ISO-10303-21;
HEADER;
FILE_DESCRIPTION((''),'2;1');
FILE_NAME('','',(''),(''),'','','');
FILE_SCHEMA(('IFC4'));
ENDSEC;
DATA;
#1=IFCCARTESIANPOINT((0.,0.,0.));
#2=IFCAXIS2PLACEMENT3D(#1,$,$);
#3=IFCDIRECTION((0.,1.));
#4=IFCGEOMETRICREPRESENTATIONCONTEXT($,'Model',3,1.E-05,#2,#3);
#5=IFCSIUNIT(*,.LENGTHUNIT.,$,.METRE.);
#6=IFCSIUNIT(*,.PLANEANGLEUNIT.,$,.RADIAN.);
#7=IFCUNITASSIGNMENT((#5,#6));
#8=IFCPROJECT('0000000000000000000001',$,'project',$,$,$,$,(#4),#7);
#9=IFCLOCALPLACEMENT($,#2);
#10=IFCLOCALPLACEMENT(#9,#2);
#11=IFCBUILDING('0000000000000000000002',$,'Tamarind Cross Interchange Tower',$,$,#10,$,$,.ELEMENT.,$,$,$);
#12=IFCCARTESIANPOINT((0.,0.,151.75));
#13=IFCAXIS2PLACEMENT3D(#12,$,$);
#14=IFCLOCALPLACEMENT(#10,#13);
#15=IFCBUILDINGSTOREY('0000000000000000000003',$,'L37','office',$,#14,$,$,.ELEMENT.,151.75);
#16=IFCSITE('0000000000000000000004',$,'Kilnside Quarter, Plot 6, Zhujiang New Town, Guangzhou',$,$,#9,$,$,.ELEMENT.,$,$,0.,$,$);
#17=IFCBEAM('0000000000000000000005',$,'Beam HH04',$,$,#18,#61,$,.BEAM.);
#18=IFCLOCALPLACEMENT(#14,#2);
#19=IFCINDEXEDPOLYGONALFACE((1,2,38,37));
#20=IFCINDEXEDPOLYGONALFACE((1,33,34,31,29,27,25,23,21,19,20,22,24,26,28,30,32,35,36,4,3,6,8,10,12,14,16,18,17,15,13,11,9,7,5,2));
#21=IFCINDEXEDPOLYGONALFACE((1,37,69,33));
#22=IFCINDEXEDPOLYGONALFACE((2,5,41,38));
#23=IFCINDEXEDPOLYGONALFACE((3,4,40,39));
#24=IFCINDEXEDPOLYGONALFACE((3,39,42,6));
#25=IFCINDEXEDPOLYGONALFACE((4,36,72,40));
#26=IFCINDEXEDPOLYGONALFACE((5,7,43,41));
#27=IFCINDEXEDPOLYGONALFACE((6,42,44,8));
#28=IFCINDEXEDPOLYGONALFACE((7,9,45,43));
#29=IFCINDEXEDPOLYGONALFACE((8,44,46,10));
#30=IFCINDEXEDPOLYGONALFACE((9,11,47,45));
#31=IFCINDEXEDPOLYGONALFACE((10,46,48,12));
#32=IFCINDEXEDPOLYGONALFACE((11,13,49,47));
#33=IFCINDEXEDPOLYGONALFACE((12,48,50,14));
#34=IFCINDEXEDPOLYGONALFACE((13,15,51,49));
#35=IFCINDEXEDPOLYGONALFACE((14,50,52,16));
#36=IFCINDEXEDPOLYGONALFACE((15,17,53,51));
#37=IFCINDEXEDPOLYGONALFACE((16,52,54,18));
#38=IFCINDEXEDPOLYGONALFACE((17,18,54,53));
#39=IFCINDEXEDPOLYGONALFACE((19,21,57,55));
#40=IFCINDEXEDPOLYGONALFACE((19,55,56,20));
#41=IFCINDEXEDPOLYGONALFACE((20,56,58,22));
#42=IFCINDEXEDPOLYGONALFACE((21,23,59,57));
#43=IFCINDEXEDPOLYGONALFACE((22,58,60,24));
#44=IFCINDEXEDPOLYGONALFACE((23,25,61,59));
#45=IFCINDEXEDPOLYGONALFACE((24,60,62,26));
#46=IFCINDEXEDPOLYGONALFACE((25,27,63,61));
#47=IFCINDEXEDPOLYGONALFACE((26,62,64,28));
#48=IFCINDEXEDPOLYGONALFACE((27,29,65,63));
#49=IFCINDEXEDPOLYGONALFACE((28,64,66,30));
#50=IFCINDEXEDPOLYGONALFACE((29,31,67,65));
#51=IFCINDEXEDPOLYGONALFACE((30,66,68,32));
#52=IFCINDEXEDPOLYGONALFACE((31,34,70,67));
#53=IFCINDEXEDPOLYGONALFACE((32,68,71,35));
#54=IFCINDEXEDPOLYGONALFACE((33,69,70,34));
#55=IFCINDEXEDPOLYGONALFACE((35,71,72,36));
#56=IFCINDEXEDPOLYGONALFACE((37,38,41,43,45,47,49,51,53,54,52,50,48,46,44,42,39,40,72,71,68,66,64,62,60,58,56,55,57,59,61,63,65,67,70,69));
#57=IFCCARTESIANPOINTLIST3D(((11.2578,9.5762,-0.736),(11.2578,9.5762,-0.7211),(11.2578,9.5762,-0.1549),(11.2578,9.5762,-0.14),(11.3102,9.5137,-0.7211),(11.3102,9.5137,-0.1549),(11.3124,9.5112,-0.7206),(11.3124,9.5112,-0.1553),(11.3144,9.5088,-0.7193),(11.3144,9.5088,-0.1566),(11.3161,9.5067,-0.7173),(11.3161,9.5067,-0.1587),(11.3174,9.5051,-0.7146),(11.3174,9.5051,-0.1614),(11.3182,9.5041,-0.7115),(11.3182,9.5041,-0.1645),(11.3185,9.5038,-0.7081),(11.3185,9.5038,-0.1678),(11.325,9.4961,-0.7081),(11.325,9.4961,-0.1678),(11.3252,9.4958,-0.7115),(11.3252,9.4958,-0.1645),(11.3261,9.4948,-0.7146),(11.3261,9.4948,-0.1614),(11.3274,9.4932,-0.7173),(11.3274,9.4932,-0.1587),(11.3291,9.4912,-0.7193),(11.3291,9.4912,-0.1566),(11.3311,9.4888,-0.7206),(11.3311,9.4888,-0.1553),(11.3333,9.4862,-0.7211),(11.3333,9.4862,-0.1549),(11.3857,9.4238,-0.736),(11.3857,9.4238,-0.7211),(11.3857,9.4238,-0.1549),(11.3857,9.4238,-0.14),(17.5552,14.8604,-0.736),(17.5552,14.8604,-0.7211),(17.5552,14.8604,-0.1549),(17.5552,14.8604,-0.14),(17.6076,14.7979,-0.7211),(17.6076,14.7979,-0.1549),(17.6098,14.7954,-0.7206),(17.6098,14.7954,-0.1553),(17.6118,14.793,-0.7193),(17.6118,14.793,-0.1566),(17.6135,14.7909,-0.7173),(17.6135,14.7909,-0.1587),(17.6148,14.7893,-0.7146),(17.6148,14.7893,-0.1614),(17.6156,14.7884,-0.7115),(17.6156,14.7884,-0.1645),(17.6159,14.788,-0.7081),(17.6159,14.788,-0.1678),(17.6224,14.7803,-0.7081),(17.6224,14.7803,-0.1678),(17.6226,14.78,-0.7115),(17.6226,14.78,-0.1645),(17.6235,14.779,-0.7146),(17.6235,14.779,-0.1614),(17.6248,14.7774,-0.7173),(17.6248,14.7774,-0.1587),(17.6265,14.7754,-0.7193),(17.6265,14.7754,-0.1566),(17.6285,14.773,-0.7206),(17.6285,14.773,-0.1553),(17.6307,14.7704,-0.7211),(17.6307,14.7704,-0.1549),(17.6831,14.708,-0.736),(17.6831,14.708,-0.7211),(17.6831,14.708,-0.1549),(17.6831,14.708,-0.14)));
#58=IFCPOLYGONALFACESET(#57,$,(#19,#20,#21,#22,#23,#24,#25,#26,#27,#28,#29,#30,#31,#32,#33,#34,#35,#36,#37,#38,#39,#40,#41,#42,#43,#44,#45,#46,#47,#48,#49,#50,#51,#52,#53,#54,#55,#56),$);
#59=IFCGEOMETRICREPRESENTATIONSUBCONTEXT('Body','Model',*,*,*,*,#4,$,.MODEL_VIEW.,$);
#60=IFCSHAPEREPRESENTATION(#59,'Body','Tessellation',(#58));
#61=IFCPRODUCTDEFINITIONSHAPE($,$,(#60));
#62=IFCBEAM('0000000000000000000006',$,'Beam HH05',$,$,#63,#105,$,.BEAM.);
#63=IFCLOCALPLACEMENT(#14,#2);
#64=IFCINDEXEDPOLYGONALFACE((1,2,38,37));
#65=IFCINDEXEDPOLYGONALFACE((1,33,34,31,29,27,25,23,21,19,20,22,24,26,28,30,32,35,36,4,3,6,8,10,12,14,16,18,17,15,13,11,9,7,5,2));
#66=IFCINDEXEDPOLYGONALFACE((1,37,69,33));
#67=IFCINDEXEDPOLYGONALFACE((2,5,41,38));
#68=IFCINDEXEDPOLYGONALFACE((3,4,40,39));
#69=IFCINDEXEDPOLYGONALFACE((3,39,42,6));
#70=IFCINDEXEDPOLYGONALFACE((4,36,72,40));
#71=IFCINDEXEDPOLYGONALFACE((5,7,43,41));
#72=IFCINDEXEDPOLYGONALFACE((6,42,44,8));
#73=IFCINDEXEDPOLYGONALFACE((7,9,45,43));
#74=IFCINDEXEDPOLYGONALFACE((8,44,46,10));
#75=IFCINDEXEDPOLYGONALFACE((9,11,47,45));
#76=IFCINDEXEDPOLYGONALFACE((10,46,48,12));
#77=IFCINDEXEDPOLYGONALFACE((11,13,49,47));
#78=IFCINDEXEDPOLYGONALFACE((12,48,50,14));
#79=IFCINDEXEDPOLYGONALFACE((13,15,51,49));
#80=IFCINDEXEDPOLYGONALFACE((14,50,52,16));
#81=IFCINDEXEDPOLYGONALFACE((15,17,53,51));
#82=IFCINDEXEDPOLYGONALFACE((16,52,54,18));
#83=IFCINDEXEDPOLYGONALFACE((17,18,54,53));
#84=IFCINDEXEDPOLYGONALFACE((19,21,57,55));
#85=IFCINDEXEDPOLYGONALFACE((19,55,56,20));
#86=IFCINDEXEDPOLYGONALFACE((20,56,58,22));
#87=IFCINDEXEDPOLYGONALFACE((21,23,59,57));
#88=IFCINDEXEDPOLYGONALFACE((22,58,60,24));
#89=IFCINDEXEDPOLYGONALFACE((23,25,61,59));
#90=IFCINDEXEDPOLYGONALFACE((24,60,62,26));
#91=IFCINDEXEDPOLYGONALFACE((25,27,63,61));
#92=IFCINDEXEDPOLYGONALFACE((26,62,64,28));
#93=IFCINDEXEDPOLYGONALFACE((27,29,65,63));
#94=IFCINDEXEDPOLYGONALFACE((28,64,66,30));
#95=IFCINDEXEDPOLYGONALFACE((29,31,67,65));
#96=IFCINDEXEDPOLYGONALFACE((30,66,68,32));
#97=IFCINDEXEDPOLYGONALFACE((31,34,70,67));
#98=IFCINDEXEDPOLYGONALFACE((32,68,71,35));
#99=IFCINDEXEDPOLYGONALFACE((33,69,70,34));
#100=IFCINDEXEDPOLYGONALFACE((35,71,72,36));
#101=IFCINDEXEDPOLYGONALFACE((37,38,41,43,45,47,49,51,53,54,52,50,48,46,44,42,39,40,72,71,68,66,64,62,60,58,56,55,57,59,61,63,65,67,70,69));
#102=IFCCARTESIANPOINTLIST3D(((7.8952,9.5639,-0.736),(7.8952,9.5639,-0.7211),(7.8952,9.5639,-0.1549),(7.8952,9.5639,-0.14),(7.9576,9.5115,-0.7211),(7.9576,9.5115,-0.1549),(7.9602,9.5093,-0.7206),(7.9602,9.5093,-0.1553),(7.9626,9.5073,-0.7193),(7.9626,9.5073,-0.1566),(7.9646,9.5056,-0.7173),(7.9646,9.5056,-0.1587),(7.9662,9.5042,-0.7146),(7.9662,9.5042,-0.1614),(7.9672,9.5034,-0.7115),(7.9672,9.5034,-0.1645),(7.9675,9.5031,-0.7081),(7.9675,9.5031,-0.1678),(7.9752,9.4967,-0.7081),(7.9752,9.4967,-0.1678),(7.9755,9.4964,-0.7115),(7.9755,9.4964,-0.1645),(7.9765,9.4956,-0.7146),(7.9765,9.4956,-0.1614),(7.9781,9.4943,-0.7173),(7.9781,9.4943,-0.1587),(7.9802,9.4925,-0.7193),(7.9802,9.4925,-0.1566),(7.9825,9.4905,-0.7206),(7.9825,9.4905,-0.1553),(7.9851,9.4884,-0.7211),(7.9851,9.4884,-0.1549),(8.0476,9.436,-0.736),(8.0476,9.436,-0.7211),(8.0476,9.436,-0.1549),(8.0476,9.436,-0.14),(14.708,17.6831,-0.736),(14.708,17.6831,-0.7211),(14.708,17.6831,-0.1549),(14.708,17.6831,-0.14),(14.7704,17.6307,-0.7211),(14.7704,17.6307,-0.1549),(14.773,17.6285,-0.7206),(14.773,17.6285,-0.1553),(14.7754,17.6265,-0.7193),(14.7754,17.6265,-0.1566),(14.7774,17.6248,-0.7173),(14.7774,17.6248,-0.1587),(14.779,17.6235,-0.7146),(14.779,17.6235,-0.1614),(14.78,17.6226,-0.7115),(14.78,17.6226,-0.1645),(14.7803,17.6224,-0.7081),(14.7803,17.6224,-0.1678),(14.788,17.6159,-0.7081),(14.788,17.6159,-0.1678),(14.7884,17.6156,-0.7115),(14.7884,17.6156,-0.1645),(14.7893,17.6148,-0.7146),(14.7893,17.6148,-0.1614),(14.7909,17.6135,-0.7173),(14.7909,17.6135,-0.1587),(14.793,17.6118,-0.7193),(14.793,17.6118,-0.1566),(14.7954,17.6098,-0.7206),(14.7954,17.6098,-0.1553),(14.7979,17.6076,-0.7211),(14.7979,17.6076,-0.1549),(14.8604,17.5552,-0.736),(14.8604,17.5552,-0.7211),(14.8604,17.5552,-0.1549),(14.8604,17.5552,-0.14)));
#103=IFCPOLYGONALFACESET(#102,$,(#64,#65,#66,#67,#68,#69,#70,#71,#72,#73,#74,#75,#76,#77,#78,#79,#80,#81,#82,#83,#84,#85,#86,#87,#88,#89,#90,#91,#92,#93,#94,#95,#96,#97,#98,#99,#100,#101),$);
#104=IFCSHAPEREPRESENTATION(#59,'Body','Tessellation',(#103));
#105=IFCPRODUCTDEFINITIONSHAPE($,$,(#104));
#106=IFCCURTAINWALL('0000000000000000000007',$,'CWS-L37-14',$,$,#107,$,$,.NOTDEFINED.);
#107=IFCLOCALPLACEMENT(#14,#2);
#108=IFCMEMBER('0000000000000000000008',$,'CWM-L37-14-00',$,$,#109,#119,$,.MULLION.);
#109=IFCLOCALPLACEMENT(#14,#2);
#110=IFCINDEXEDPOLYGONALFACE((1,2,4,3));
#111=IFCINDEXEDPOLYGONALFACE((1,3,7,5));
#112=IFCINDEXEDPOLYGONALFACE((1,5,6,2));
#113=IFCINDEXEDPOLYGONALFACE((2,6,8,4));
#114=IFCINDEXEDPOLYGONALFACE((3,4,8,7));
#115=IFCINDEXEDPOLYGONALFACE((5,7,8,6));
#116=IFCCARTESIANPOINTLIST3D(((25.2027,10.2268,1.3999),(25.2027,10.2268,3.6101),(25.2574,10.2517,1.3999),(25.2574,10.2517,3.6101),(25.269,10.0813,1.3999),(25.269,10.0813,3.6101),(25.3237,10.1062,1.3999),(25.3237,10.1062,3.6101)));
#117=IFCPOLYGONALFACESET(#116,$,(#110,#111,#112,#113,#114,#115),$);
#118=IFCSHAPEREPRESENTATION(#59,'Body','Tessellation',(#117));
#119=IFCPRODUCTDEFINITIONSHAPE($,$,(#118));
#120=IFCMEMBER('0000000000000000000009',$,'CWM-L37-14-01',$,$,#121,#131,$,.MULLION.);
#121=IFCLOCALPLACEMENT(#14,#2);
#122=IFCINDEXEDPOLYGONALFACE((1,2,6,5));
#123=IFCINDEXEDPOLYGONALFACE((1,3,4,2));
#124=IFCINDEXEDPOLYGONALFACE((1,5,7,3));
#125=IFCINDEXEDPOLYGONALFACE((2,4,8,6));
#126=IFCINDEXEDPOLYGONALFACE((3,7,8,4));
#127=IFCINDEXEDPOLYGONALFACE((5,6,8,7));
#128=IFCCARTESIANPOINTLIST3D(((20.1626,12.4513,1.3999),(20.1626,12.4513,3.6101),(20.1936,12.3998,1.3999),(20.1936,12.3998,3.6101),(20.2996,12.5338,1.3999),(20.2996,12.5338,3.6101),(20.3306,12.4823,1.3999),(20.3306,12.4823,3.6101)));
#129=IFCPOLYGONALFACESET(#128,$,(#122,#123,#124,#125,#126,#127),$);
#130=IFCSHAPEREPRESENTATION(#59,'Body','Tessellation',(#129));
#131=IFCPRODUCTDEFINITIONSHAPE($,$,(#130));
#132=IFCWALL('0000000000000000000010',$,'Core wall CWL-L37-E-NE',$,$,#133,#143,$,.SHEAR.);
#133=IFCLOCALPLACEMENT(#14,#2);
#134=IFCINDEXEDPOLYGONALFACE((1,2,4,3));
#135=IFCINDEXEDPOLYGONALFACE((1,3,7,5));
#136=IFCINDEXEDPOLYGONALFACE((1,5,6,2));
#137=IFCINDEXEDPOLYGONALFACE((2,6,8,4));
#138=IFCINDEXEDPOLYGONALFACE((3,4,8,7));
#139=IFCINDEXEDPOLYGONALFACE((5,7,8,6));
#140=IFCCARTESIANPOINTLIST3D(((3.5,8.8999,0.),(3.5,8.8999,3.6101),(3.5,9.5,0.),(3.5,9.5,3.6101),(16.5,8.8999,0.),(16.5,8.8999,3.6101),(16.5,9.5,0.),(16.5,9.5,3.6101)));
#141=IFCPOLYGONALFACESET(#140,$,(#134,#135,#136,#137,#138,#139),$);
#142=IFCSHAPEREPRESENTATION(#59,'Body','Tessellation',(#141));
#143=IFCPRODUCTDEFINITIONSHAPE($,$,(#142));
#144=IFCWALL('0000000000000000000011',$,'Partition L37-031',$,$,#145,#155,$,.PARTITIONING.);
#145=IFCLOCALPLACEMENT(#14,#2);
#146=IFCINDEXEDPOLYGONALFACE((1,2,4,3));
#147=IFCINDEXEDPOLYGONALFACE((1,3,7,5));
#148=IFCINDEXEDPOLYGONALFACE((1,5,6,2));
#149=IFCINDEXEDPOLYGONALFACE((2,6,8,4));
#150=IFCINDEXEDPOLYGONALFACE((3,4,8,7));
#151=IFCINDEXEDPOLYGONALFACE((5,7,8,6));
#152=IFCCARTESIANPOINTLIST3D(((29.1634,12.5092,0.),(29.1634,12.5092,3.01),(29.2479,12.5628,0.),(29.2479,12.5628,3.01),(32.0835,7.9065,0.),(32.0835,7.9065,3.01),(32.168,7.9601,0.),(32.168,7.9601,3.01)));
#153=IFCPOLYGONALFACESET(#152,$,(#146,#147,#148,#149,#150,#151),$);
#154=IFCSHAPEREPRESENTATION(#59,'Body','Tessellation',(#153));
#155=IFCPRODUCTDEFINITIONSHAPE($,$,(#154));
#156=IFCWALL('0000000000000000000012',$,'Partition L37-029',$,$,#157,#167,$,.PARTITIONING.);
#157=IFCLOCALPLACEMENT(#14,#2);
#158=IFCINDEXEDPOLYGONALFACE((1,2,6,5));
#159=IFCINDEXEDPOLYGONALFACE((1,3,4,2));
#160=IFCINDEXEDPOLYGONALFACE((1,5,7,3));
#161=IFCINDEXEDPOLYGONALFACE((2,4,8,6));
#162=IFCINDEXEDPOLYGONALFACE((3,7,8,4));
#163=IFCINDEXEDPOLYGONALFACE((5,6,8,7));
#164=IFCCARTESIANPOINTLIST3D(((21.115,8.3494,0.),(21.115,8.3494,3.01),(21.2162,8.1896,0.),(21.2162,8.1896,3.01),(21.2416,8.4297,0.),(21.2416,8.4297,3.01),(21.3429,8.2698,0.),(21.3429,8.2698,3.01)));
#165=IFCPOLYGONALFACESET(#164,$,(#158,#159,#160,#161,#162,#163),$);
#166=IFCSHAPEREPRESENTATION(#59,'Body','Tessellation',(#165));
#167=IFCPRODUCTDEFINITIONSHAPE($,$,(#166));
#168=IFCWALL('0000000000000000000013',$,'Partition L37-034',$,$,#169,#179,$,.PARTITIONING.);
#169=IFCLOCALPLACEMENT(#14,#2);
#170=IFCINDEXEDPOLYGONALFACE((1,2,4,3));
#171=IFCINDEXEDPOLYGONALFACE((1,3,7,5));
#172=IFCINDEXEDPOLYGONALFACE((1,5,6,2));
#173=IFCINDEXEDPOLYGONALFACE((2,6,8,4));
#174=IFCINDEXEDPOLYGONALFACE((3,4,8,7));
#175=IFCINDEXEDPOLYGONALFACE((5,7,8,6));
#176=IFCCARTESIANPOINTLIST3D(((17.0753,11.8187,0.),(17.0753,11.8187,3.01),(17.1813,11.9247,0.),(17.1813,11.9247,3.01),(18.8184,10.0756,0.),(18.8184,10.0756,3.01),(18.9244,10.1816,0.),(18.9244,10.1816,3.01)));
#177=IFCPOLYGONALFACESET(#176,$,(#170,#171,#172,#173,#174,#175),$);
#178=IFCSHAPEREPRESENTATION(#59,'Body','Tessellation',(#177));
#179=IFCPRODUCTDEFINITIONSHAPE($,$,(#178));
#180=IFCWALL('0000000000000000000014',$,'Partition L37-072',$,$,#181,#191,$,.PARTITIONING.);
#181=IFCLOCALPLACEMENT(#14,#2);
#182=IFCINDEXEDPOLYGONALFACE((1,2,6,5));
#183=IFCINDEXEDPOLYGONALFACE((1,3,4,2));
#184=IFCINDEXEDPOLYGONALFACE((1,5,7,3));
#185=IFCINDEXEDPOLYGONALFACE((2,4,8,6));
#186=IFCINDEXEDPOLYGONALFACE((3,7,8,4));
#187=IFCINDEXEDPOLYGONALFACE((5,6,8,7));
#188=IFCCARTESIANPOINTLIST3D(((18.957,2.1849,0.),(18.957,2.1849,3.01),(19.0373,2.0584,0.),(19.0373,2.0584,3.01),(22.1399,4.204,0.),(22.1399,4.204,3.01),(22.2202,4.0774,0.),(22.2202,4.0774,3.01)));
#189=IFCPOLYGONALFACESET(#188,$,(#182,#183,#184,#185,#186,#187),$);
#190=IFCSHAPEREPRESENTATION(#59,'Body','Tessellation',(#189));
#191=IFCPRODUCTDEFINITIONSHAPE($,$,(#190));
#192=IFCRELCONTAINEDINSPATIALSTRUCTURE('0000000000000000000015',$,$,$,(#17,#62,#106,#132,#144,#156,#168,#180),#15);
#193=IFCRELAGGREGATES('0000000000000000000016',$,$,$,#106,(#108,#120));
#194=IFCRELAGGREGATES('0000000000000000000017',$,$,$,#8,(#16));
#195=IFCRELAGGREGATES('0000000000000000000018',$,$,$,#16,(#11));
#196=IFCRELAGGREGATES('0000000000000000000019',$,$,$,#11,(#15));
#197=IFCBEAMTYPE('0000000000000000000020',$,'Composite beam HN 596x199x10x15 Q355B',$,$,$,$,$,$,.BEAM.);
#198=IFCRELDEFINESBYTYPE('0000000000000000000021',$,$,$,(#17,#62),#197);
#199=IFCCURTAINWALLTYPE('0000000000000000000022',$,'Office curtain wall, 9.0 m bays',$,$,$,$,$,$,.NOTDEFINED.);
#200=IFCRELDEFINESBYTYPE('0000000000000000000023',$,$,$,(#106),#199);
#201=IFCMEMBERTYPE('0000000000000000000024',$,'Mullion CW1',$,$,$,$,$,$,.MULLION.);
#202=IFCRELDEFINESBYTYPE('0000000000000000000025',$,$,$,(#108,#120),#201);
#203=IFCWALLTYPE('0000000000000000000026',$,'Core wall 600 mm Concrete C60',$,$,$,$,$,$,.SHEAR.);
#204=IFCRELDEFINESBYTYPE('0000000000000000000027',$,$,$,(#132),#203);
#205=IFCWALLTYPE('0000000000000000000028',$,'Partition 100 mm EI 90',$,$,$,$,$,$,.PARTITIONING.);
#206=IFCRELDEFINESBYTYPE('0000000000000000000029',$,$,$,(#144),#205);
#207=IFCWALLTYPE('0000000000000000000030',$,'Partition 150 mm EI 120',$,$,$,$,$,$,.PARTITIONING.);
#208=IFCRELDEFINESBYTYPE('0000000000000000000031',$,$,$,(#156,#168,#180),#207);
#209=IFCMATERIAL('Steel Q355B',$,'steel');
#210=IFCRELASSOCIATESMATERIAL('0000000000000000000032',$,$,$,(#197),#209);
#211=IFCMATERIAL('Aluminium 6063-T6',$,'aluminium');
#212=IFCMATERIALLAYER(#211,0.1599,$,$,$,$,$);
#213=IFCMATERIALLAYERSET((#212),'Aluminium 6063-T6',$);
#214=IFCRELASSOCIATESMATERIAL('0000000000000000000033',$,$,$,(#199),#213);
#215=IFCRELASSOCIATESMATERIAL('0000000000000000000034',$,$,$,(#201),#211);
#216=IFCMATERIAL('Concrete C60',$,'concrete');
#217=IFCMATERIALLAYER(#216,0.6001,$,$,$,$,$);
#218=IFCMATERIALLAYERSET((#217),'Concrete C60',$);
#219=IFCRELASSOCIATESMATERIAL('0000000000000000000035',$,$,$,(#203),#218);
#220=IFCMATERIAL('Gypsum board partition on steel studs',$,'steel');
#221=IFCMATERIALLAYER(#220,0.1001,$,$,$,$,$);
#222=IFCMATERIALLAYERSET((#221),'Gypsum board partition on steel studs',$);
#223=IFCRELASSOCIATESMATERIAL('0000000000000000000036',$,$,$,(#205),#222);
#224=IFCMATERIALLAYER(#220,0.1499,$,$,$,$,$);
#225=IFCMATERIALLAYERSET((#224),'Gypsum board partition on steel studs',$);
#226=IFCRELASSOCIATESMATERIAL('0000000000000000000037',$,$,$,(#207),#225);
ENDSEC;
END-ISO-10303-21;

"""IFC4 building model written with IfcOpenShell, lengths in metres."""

from ifc_helpers import new_model, si_unit, direction, frame, frame_2d, origin, origin_2d, place, context, subcontext, project, spatial, rectangle, i_section, extrude, material, layer, layer_set, material_profile, profile_set, type_object, element, aggregate, save


model = new_model("IFC4")

# Units and contexts
model_context = context("Model", 3, precision=1e-05, world=origin(), true_north=direction((0.0, 1.0)))
body_context = subcontext(model_context, "Body", "Model", "MODEL_VIEW")
ifc_project = project(units=[si_unit("LENGTHUNIT", "METRE"), si_unit("PLANEANGLEUNIT", "RADIAN")], contexts=[model_context])

# Site, building, storey
site_placement = place(None, origin())
site = spatial("IfcSite", under=ifc_project, at=site_placement, Name="Kilnside Quarter, Plot 6, Zhujiang New Town, Guangzhou", CompositionType="ELEMENT", RefElevation=0.0)
building_placement = place(site_placement, origin())
building = spatial("IfcBuilding", under=site, at=building_placement, Name="Tamarind Cross Interchange Tower", CompositionType="ELEMENT")
storey_placement = place(building_placement, frame((0.0, 0.0, 151.75)))
storey = spatial("IfcBuildingStorey", under=building, at=storey_placement, Name="L37", Description="office", CompositionType="ELEMENT", Elevation=151.75)

# Shared definitions
ifc_material_1 = material(Name="Concrete C60", Category="concrete")

# Beams
ifc_material_2 = material(Name="Steel Q355B", Category="steel")
ifc_material_profile_1 = material_profile(ifc_material_2, i_section(OverallWidth=0.199, OverallDepth=0.5959, WebThickness=0.01, FlangeThickness=0.0149, FilletRadius=0.0129, at=origin_2d()), Name="HN 596x199x10x15")
ifc_profile_set_1 = profile_set([ifc_material_profile_1], Name="Steel Q355B")
beam_type_1 = type_object("IfcBeamType", Name="Composite beam HN 596x199x10x15 Q355B", PredefinedType="BEAM", material=ifc_profile_set_1)
beam_1_placement = place(storey_placement, frame((17.6191, 14.7842, -0.438), z_axis=(-0.766041, -0.642792, 0.0), x_axis=(0.642792, -0.766041, 0.0)))
element("IfcBeam", 1, at=beam_1_placement, inside=storey, type_object=beam_type_1, Name="Beam HH04", PredefinedType="BEAM", context=body_context, shape_type="SweptSolid", body=[
    extrude(i_section(OverallWidth=0.199, OverallDepth=0.5959, WebThickness=0.01, FlangeThickness=0.0149, FilletRadius=0.0129, at=origin_2d()), origin(), (0.0, 0.0, 1.0), 8.2207),
])
beam_2_placement = place(storey_placement, frame((14.7842, 17.6191, -0.438), z_axis=(-0.642786, -0.766046, 0.0), x_axis=(0.766046, -0.642786, 0.0)))
element("IfcBeam", 2, at=beam_2_placement, inside=storey, type_object=beam_type_1, Name="Beam HH05", PredefinedType="BEAM", context=body_context, shape_type="SweptSolid", body=[
    extrude(i_section(OverallWidth=0.199, OverallDepth=0.5959, WebThickness=0.01, FlangeThickness=0.0149, FilletRadius=0.0129, at=origin_2d()), origin(), (0.0, 0.0, 1.0), 10.5989),
])

# Curtain wall, members
ifc_material_3 = material(Name="Aluminium 6063-T6", Category="aluminium")
ifc_layer_1 = layer(ifc_material_3, 0.1599)
ifc_layer_set_1 = layer_set([ifc_layer_1], Name="Aluminium 6063-T6")
curtain_wall_type = type_object("IfcCurtainWallType", Name="Office curtain wall, 9.0 m bays", PredefinedType="NOTDEFINED", material=ifc_layer_set_1)
curtain_wall_placement = place(storey_placement, origin())
curtain_wall = element("IfcCurtainWall", 3, at=curtain_wall_placement, inside=storey, type_object=curtain_wall_type, Name="CWS-L37-14", PredefinedType="NOTDEFINED")
ifc_material_profile_2 = material_profile(ifc_material_3, rectangle(XDim=0.0601, YDim=0.1599, at=origin_2d()), Name="Mullion CW1")
ifc_profile_set_2 = profile_set([ifc_material_profile_2], Name="Aluminium 6063-T6")
member_type = type_object("IfcMemberType", Name="Mullion CW1", PredefinedType="MULLION", material=ifc_profile_set_2)
member_1_placement = place(storey_placement, frame((25.2632, 10.1665, 1.3999), z_axis=(0.0, 0.0, 1.0), x_axis=(-0.909977, -0.414658, 0.0)))
member_1 = element("IfcMember", 4, at=member_1_placement, type_object=member_type, Name="CWM-L37-14-00", PredefinedType="MULLION", context=body_context, shape_type="SweptSolid", body=[
    extrude(rectangle(XDim=0.0601, YDim=0.1599, at=origin_2d()), origin(), (0.0, 0.0, 1.0), 2.2102),
])
member_2_placement = place(storey_placement, frame((20.2466, 12.4668, 1.3999), z_axis=(0.0, 0.0, 1.0), x_axis=(-0.515901, 0.856648, 0.0)))
member_2 = element("IfcMember", 5, at=member_2_placement, type_object=member_type, Name="CWM-L37-14-01", PredefinedType="MULLION", context=body_context, shape_type="SweptSolid", body=[
    extrude(rectangle(XDim=0.0601, YDim=0.1599, at=origin_2d()), origin(), (0.0, 0.0, 1.0), 2.2102),
])
aggregate(curtain_wall, [member_1, member_2])

# Walls
ifc_layer_2 = layer(ifc_material_1, 0.6001)
ifc_layer_set_2 = layer_set([ifc_layer_2], Name="Concrete C60")
wall_type_1 = type_object("IfcWallType", Name="Core wall 600 mm Concrete C60", PredefinedType="SHEAR", material=ifc_layer_set_2)
wall_1_placement = place(storey_placement, frame((16.5, 9.2, 0.0), z_axis=(0.0, 0.0, 1.0), x_axis=(-1.0, 0.0, 0.0)))
element("IfcWall", 6, at=wall_1_placement, inside=storey, type_object=wall_type_1, Name="Core wall CWL-L37-E-NE", PredefinedType="SHEAR", context=body_context, shape_type="SweptSolid", body=[
    extrude(rectangle(XDim=13.0, YDim=0.6001, at=frame_2d((6.5, 0.0))), origin(), (0.0, 0.0, 1.0), 3.6101),
])
ifc_material_4 = material(Name="Gypsum board partition on steel studs", Category="steel")
ifc_layer_3 = layer(ifc_material_4, 0.1001)
ifc_layer_set_3 = layer_set([ifc_layer_3], Name="Gypsum board partition on steel studs")
wall_type_2 = type_object("IfcWallType", Name="Partition 100 mm EI 90", PredefinedType="PARTITIONING", material=ifc_layer_set_3)
wall_2_placement = place(storey_placement, frame((29.2056, 12.5361, 0.0), z_axis=(0.0, 0.0, 1.0), x_axis=(0.535716, -0.844398, 0.0)))
element("IfcWall", 7, at=wall_2_placement, inside=storey, type_object=wall_type_2, Name="Partition L37-031", PredefinedType="PARTITIONING", context=body_context, shape_type="SweptSolid", body=[
    extrude(rectangle(XDim=5.4509, YDim=0.1001, at=frame_2d((2.7256, 0.0))), origin(), (0.0, 0.0, 1.0), 3.01),
])
ifc_layer_4 = layer(ifc_material_4, 0.1499)
ifc_layer_set_4 = layer_set([ifc_layer_4], Name="Gypsum board partition on steel studs")
wall_type_3 = type_object("IfcWallType", Name="Partition 150 mm EI 120", PredefinedType="PARTITIONING", material=ifc_layer_set_4)
wall_3_placement = place(storey_placement, frame((21.1782, 8.3896, 0.0), z_axis=(0.0, 0.0, 1.0), x_axis=(0.535205, -0.844722, 0.0)))
element("IfcWall", 8, at=wall_3_placement, inside=storey, type_object=wall_type_3, Name="Partition L37-029", PredefinedType="PARTITIONING", context=body_context, shape_type="SweptSolid", body=[
    extrude(rectangle(XDim=0.1892, YDim=0.1499, at=frame_2d((0.0947, 0.0))), origin(), (0.0, 0.0, 1.0), 3.01),
])
wall_4_placement = place(storey_placement, frame((17.1284, 11.8716, 0.0), z_axis=(0.0, 0.0, 1.0), x_axis=(0.707107, -0.707107, 0.0)))
element("IfcWall", 9, at=wall_4_placement, inside=storey, type_object=wall_type_3, Name="Partition L37-034", PredefinedType="PARTITIONING", context=body_context, shape_type="SweptSolid", body=[
    extrude(rectangle(XDim=2.4651, YDim=0.1499, at=frame_2d((1.2324, 0.0))), origin(), (0.0, 0.0, 1.0), 3.01),
])
wall_5_placement = place(storey_placement, frame((18.9971, 2.1216, 0.0), z_axis=(0.0, 0.0, 1.0), x_axis=(0.844431, 0.535664, 0.0)))
element("IfcWall", 10, at=wall_5_placement, inside=storey, type_object=wall_type_3, Name="Partition L37-072", PredefinedType="PARTITIONING", context=body_context, shape_type="SweptSolid", body=[
    extrude(rectangle(XDim=3.7693, YDim=0.1499, at=frame_2d((1.8848, 0.0))), origin(), (0.0, 0.0, 1.0), 3.01),
])

save(model, "model.ifc")
